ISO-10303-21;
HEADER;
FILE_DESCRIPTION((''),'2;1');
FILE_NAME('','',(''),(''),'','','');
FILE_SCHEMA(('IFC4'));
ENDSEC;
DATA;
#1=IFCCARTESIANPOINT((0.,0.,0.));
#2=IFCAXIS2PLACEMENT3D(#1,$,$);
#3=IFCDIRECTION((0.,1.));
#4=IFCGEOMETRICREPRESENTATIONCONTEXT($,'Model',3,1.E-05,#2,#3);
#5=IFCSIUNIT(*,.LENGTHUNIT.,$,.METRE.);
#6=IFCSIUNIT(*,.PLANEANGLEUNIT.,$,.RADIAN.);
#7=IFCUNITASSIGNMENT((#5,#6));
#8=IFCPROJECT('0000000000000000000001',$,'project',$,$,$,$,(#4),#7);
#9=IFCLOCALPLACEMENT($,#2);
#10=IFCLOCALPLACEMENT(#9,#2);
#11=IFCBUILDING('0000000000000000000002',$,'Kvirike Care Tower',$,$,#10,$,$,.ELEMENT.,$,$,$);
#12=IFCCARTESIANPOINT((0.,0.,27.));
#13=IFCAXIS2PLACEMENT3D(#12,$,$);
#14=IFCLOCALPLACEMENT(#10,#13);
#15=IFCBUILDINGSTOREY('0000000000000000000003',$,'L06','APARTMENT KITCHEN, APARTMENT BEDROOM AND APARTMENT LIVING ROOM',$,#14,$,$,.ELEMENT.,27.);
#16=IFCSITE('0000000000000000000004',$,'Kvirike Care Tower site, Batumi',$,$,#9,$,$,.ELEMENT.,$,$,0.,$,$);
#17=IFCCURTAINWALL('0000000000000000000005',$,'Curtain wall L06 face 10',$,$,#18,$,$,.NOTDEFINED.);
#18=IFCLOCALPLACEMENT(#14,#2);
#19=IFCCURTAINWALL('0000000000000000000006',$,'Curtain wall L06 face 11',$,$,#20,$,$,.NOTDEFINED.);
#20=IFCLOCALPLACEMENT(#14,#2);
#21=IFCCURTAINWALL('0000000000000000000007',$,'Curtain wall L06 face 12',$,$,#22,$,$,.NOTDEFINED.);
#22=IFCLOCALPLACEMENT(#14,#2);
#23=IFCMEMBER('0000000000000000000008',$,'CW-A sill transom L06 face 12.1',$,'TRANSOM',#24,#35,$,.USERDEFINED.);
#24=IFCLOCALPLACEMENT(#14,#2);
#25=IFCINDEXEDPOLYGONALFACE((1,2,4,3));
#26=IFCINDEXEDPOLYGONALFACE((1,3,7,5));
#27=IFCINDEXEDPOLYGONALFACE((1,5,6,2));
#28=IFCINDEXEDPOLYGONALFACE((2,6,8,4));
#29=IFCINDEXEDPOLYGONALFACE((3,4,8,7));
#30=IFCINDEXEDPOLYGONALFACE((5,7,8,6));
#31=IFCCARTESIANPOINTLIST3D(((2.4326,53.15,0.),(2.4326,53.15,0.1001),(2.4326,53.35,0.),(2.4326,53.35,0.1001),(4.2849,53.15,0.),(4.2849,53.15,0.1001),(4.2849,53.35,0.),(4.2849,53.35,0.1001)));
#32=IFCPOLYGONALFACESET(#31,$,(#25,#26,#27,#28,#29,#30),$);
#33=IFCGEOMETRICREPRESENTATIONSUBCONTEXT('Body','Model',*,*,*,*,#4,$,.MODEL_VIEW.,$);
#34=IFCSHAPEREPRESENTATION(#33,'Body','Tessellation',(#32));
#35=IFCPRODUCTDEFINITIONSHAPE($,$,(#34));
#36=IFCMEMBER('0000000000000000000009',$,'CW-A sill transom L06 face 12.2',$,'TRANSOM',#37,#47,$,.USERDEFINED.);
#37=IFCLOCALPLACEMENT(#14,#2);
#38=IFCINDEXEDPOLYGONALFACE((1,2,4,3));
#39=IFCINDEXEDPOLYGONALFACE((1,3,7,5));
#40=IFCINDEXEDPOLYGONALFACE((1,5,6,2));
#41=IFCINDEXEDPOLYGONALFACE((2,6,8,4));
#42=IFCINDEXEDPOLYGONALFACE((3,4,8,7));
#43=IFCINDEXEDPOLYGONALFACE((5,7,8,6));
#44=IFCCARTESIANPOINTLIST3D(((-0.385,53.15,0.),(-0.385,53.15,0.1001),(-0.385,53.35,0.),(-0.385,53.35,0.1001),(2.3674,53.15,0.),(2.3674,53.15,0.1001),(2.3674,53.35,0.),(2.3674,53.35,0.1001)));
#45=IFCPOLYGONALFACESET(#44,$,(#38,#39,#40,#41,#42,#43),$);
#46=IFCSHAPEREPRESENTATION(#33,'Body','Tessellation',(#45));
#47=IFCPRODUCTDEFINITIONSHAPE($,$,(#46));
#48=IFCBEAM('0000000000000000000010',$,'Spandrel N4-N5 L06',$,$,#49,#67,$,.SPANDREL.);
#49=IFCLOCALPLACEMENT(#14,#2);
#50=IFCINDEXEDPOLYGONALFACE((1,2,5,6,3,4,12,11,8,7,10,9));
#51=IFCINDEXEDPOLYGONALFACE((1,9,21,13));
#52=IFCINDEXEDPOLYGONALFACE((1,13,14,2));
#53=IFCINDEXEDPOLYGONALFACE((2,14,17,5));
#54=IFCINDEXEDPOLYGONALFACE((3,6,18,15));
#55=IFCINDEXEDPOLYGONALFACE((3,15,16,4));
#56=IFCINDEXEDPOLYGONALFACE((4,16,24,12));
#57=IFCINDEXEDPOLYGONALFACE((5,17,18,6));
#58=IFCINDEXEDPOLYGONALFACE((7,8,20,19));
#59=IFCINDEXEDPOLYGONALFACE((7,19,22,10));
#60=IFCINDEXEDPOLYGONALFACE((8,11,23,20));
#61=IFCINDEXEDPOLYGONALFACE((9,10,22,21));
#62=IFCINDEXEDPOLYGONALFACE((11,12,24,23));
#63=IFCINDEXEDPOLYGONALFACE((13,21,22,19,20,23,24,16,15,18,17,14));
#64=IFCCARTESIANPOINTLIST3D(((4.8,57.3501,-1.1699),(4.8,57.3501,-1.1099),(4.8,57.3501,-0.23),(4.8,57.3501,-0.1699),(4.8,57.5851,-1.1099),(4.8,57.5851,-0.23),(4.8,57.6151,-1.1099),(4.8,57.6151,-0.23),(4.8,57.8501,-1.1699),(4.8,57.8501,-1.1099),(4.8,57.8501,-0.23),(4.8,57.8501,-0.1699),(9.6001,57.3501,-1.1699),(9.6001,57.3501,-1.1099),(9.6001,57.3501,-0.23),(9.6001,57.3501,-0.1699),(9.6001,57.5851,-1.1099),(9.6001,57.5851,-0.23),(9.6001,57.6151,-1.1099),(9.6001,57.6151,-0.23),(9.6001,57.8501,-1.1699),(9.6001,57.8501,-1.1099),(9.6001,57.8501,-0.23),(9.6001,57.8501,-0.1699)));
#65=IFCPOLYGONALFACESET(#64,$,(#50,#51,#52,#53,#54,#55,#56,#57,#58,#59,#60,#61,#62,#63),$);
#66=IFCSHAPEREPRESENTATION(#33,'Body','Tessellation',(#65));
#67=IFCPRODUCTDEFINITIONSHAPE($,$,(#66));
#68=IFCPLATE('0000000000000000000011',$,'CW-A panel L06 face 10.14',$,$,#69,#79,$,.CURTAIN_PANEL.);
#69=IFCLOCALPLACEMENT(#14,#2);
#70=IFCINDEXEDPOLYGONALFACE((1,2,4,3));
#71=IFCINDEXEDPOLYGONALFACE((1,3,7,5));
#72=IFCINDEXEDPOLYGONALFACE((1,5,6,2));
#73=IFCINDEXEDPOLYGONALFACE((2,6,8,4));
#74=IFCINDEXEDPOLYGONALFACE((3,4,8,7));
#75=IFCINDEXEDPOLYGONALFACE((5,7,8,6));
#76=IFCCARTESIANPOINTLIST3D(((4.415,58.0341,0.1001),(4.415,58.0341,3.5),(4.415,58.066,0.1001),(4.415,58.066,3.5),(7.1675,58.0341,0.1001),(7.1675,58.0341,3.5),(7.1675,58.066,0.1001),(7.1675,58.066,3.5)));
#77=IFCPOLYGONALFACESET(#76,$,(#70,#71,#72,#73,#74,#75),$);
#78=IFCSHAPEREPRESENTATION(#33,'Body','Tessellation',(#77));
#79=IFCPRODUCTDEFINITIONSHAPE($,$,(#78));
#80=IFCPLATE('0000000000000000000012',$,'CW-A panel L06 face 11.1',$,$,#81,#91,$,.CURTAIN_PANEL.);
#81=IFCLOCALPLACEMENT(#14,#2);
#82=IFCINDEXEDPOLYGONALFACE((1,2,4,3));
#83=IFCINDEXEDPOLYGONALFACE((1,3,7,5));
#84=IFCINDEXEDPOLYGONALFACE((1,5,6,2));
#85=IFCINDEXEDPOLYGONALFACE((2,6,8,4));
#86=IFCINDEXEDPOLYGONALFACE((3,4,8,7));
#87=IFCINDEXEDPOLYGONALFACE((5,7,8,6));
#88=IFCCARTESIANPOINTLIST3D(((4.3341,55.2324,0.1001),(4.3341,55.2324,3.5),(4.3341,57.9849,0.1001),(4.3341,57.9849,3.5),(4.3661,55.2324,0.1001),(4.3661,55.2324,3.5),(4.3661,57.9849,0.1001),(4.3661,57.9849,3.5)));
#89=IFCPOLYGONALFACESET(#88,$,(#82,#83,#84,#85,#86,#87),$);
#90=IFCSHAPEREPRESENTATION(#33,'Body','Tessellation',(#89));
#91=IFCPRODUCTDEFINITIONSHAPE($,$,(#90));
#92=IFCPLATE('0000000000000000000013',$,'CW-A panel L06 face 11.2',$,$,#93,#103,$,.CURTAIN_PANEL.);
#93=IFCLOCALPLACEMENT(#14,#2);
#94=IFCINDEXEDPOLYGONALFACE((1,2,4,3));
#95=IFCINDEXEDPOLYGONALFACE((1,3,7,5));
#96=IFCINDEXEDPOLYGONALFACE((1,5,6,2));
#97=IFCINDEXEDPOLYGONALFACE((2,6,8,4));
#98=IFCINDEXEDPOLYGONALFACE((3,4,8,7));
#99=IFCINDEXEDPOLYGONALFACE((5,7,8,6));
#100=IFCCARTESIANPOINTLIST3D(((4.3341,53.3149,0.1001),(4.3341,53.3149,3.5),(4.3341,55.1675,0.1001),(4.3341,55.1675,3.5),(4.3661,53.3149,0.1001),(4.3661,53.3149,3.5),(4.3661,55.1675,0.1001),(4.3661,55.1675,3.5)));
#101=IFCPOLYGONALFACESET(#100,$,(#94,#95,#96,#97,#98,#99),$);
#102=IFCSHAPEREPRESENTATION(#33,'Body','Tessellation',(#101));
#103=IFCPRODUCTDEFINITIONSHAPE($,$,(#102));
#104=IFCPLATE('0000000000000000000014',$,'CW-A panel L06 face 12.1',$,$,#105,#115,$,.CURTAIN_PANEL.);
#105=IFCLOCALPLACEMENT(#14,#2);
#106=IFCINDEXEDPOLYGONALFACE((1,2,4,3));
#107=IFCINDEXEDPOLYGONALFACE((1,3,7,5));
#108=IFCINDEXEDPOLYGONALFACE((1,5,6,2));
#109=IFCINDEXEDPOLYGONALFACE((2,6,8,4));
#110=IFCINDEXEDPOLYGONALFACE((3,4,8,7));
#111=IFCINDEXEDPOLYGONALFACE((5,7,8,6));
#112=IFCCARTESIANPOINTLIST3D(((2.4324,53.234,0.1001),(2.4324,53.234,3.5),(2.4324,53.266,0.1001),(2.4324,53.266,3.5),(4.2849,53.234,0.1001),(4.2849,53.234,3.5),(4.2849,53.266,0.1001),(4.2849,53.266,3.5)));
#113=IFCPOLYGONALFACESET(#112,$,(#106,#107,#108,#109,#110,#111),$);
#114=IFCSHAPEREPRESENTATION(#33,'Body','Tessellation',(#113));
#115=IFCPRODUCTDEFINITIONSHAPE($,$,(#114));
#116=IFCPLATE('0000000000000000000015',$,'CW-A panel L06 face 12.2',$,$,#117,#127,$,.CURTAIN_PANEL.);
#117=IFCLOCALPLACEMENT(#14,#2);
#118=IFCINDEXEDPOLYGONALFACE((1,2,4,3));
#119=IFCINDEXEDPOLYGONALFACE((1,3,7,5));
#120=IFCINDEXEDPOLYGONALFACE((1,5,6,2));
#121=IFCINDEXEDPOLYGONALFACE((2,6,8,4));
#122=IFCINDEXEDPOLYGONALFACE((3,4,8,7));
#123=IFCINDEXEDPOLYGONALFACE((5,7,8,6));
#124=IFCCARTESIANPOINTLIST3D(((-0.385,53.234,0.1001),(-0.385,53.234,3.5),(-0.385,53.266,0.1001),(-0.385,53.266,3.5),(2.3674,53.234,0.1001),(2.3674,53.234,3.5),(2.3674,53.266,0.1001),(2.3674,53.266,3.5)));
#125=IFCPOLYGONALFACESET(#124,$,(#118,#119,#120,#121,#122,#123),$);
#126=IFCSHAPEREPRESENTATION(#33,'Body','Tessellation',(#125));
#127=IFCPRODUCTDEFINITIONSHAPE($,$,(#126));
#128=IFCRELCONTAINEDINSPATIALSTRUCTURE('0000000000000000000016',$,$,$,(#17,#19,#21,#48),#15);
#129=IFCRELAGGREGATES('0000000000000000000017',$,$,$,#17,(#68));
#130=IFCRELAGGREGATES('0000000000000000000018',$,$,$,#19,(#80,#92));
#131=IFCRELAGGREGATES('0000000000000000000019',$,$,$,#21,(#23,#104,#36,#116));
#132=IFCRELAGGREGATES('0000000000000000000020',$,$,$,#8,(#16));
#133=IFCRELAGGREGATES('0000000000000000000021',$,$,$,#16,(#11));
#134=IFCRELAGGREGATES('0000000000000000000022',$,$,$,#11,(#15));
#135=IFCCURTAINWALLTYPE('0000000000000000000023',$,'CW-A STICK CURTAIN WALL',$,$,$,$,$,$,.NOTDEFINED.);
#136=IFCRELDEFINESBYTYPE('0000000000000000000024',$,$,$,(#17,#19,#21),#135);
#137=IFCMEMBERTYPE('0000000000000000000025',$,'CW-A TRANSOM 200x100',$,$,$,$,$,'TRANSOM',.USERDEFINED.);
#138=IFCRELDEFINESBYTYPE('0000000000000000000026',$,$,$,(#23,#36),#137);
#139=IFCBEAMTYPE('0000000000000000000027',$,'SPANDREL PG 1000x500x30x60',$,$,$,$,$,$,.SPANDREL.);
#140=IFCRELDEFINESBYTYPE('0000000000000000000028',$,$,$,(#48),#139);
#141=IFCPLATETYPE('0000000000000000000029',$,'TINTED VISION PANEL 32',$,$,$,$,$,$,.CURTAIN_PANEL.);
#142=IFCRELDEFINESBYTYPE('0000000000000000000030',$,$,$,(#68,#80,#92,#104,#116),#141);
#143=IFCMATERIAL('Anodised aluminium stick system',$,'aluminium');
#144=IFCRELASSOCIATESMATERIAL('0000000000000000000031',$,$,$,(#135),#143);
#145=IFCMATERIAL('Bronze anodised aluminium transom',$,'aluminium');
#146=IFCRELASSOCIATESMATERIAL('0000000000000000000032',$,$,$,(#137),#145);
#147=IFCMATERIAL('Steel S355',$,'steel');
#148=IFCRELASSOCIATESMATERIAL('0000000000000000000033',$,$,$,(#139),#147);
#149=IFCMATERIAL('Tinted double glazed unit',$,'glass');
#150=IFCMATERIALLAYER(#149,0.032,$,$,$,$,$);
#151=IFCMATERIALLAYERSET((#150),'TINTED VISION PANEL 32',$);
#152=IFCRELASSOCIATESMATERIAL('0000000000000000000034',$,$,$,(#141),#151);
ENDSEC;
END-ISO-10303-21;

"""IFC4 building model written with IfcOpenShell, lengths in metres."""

from ifc_helpers import new_model, si_unit, direction, frame, origin, origin_2d, place, context, subcontext, project, spatial, rectangle, i_section, extrude, material, layer, layer_set, material_profile, profile_set, type_object, element, aggregate, save


model = new_model("IFC4")

# Units and contexts
model_context = context("Model", 3, precision=1e-05, world=origin(), true_north=direction((0.0, 1.0)))
body_context = subcontext(model_context, "Body", "Model", "MODEL_VIEW")
ifc_project = project(units=[si_unit("LENGTHUNIT", "METRE"), si_unit("PLANEANGLEUNIT", "RADIAN")], contexts=[model_context])

# Site, building, storey
site_placement = place(None, origin())
site = spatial("IfcSite", under=ifc_project, at=site_placement, Name="Kvirike Care Tower site, Batumi", CompositionType="ELEMENT", RefElevation=0.0)
building_placement = place(site_placement, origin())
building = spatial("IfcBuilding", under=site, at=building_placement, Name="Kvirike Care Tower", CompositionType="ELEMENT")
storey_placement = place(building_placement, frame((0.0, 0.0, 27.0)))
storey = spatial("IfcBuildingStorey", under=building, at=storey_placement, Name="L06", Description="APARTMENT KITCHEN, APARTMENT BEDROOM AND APARTMENT LIVING ROOM", CompositionType="ELEMENT", Elevation=27.0)

# Curtain wall
ifc_material_1 = material(Name="Anodised aluminium stick system", Category="aluminium")
curtain_wall_type = type_object("IfcCurtainWallType", Name="CW-A STICK CURTAIN WALL", PredefinedType="NOTDEFINED", material=ifc_material_1)
curtain_wall_1_placement = place(storey_placement, origin())
curtain_wall_1 = element("IfcCurtainWall", 1, at=curtain_wall_1_placement, inside=storey, type_object=curtain_wall_type, Name="Curtain wall L06 face 10", PredefinedType="NOTDEFINED")

# Curtain walls
curtain_wall_2_placement = place(storey_placement, origin())
curtain_wall_2 = element("IfcCurtainWall", 2, at=curtain_wall_2_placement, inside=storey, type_object=curtain_wall_type, Name="Curtain wall L06 face 11", PredefinedType="NOTDEFINED")
curtain_wall_3_placement = place(storey_placement, origin())
curtain_wall_3 = element("IfcCurtainWall", 3, at=curtain_wall_3_placement, inside=storey, type_object=curtain_wall_type, Name="Curtain wall L06 face 12", PredefinedType="NOTDEFINED")

# Members
ifc_material_2 = material(Name="Bronze anodised aluminium transom", Category="aluminium")
ifc_material_profile_1 = material_profile(ifc_material_2, rectangle(XDim=0.2, YDim=0.1001, at=origin_2d()), Name="CW-A TRANSOM 200x100")
ifc_profile_set_1 = profile_set([ifc_material_profile_1], Name="Bronze anodised aluminium transom")
member_type_1 = type_object("IfcMemberType", Name="CW-A TRANSOM 200x100", ElementType="TRANSOM", PredefinedType="USERDEFINED", material=ifc_profile_set_1)
member_1_placement = place(storey_placement, frame((4.2849, 53.25, 0.05), z_axis=(-1.0, 0.0, 0.0), x_axis=(0.0, -1.0, 0.0)))
member_1 = element("IfcMember", 4, at=member_1_placement, type_object=member_type_1, Name="CW-A sill transom L06 face 12.1", ObjectType="TRANSOM", PredefinedType="USERDEFINED", context=body_context, shape_type="SweptSolid", body=[
    extrude(rectangle(XDim=0.2, YDim=0.1001, at=origin_2d()), origin(), (0.0, 0.0, 1.0), 1.8523),
])
member_2_placement = place(storey_placement, frame((2.3674, 53.25, 0.05), z_axis=(-1.0, 0.0, 0.0), x_axis=(0.0, -1.0, 0.0)))
member_2 = element("IfcMember", 5, at=member_2_placement, type_object=member_type_1, Name="CW-A sill transom L06 face 12.2", ObjectType="TRANSOM", PredefinedType="USERDEFINED", context=body_context, shape_type="SweptSolid", body=[
    extrude(rectangle(XDim=0.2, YDim=0.1001, at=origin_2d()), origin(), (0.0, 0.0, 1.0), 2.7524),
])

# Beam
ifc_material_3 = material(Name="Steel S355", Category="steel")
ifc_material_profile_2 = material_profile(ifc_material_3, i_section(OverallWidth=0.5, OverallDepth=1.0, WebThickness=0.03, FlangeThickness=0.0601, at=origin_2d()), Name="PG 1000x500x30x60")
ifc_profile_set_2 = profile_set([ifc_material_profile_2], Name="Steel S355")
beam_type = type_object("IfcBeamType", Name="SPANDREL PG 1000x500x30x60", PredefinedType="SPANDREL", material=ifc_profile_set_2)
beam_placement = place(storey_placement, frame((4.8, 57.6001, -0.6699), z_axis=(1.0, 0.0, 0.0), x_axis=(0.0, 1.0, 0.0)))
element("IfcBeam", 6, at=beam_placement, inside=storey, type_object=beam_type, Name="Spandrel N4-N5 L06", PredefinedType="SPANDREL", context=body_context, shape_type="SweptSolid", body=[
    extrude(i_section(OverallWidth=0.5, OverallDepth=1.0, WebThickness=0.03, FlangeThickness=0.0601, at=origin_2d()), origin(), (0.0, 0.0, 1.0), 4.8),
])

# Plates
ifc_material_4 = material(Name="Tinted double glazed unit", Category="glass")
ifc_layer = layer(ifc_material_4, 0.032)
ifc_layer_set = layer_set([ifc_layer], Name="TINTED VISION PANEL 32")
plate_type = type_object("IfcPlateType", Name="TINTED VISION PANEL 32", PredefinedType="CURTAIN_PANEL", material=ifc_layer_set)
plate_1_placement = place(storey_placement, frame((5.7913, 58.05, 0.1001), z_axis=(0.0, 0.0, 1.0), x_axis=(-1.0, 0.0, 0.0)))
plate_1 = element("IfcPlate", 7, at=plate_1_placement, type_object=plate_type, Name="CW-A panel L06 face 10.14", PredefinedType="CURTAIN_PANEL", context=body_context, shape_type="SweptSolid", body=[
    extrude(rectangle(XDim=2.7524, YDim=0.032, at=origin_2d()), origin(), (0.0, 0.0, 1.0), 3.3999),
])
aggregate(curtain_wall_1, [plate_1])
plate_2_placement = place(storey_placement, frame((4.3501, 56.6086, 0.1001), z_axis=(0.0, 0.0, 1.0), x_axis=(0.0, -1.0, 0.0)))
plate_2 = element("IfcPlate", 8, at=plate_2_placement, type_object=plate_type, Name="CW-A panel L06 face 11.1", PredefinedType="CURTAIN_PANEL", context=body_context, shape_type="SweptSolid", body=[
    extrude(rectangle(XDim=2.7524, YDim=0.032, at=origin_2d()), origin(), (0.0, 0.0, 1.0), 3.3999),
])
plate_3_placement = place(storey_placement, frame((4.3501, 54.2412, 0.1001), z_axis=(0.0, 0.0, 1.0), x_axis=(0.0, -1.0, 0.0)))
plate_3 = element("IfcPlate", 9, at=plate_3_placement, type_object=plate_type, Name="CW-A panel L06 face 11.2", PredefinedType="CURTAIN_PANEL", context=body_context, shape_type="SweptSolid", body=[
    extrude(rectangle(XDim=1.8525, YDim=0.032, at=origin_2d()), origin(), (0.0, 0.0, 1.0), 3.3999),
])
aggregate(curtain_wall_2, [plate_2, plate_3])
plate_4_placement = place(storey_placement, frame((3.3586, 53.25, 0.1001), z_axis=(0.0, 0.0, 1.0), x_axis=(-1.0, 0.0, 0.0)))
plate_4 = element("IfcPlate", 10, at=plate_4_placement, type_object=plate_type, Name="CW-A panel L06 face 12.1", PredefinedType="CURTAIN_PANEL", context=body_context, shape_type="SweptSolid", body=[
    extrude(rectangle(XDim=1.8525, YDim=0.032, at=origin_2d()), origin(), (0.0, 0.0, 1.0), 3.3999),
])
plate_5_placement = place(storey_placement, frame((0.9912, 53.25, 0.1001), z_axis=(0.0, 0.0, 1.0), x_axis=(-1.0, 0.0, 0.0)))
plate_5 = element("IfcPlate", 11, at=plate_5_placement, type_object=plate_type, Name="CW-A panel L06 face 12.2", PredefinedType="CURTAIN_PANEL", context=body_context, shape_type="SweptSolid", body=[
    extrude(rectangle(XDim=2.7524, YDim=0.032, at=origin_2d()), origin(), (0.0, 0.0, 1.0), 3.3999),
])
aggregate(curtain_wall_3, [member_1, plate_4, member_2, plate_5])

save(model, "model.ifc")
